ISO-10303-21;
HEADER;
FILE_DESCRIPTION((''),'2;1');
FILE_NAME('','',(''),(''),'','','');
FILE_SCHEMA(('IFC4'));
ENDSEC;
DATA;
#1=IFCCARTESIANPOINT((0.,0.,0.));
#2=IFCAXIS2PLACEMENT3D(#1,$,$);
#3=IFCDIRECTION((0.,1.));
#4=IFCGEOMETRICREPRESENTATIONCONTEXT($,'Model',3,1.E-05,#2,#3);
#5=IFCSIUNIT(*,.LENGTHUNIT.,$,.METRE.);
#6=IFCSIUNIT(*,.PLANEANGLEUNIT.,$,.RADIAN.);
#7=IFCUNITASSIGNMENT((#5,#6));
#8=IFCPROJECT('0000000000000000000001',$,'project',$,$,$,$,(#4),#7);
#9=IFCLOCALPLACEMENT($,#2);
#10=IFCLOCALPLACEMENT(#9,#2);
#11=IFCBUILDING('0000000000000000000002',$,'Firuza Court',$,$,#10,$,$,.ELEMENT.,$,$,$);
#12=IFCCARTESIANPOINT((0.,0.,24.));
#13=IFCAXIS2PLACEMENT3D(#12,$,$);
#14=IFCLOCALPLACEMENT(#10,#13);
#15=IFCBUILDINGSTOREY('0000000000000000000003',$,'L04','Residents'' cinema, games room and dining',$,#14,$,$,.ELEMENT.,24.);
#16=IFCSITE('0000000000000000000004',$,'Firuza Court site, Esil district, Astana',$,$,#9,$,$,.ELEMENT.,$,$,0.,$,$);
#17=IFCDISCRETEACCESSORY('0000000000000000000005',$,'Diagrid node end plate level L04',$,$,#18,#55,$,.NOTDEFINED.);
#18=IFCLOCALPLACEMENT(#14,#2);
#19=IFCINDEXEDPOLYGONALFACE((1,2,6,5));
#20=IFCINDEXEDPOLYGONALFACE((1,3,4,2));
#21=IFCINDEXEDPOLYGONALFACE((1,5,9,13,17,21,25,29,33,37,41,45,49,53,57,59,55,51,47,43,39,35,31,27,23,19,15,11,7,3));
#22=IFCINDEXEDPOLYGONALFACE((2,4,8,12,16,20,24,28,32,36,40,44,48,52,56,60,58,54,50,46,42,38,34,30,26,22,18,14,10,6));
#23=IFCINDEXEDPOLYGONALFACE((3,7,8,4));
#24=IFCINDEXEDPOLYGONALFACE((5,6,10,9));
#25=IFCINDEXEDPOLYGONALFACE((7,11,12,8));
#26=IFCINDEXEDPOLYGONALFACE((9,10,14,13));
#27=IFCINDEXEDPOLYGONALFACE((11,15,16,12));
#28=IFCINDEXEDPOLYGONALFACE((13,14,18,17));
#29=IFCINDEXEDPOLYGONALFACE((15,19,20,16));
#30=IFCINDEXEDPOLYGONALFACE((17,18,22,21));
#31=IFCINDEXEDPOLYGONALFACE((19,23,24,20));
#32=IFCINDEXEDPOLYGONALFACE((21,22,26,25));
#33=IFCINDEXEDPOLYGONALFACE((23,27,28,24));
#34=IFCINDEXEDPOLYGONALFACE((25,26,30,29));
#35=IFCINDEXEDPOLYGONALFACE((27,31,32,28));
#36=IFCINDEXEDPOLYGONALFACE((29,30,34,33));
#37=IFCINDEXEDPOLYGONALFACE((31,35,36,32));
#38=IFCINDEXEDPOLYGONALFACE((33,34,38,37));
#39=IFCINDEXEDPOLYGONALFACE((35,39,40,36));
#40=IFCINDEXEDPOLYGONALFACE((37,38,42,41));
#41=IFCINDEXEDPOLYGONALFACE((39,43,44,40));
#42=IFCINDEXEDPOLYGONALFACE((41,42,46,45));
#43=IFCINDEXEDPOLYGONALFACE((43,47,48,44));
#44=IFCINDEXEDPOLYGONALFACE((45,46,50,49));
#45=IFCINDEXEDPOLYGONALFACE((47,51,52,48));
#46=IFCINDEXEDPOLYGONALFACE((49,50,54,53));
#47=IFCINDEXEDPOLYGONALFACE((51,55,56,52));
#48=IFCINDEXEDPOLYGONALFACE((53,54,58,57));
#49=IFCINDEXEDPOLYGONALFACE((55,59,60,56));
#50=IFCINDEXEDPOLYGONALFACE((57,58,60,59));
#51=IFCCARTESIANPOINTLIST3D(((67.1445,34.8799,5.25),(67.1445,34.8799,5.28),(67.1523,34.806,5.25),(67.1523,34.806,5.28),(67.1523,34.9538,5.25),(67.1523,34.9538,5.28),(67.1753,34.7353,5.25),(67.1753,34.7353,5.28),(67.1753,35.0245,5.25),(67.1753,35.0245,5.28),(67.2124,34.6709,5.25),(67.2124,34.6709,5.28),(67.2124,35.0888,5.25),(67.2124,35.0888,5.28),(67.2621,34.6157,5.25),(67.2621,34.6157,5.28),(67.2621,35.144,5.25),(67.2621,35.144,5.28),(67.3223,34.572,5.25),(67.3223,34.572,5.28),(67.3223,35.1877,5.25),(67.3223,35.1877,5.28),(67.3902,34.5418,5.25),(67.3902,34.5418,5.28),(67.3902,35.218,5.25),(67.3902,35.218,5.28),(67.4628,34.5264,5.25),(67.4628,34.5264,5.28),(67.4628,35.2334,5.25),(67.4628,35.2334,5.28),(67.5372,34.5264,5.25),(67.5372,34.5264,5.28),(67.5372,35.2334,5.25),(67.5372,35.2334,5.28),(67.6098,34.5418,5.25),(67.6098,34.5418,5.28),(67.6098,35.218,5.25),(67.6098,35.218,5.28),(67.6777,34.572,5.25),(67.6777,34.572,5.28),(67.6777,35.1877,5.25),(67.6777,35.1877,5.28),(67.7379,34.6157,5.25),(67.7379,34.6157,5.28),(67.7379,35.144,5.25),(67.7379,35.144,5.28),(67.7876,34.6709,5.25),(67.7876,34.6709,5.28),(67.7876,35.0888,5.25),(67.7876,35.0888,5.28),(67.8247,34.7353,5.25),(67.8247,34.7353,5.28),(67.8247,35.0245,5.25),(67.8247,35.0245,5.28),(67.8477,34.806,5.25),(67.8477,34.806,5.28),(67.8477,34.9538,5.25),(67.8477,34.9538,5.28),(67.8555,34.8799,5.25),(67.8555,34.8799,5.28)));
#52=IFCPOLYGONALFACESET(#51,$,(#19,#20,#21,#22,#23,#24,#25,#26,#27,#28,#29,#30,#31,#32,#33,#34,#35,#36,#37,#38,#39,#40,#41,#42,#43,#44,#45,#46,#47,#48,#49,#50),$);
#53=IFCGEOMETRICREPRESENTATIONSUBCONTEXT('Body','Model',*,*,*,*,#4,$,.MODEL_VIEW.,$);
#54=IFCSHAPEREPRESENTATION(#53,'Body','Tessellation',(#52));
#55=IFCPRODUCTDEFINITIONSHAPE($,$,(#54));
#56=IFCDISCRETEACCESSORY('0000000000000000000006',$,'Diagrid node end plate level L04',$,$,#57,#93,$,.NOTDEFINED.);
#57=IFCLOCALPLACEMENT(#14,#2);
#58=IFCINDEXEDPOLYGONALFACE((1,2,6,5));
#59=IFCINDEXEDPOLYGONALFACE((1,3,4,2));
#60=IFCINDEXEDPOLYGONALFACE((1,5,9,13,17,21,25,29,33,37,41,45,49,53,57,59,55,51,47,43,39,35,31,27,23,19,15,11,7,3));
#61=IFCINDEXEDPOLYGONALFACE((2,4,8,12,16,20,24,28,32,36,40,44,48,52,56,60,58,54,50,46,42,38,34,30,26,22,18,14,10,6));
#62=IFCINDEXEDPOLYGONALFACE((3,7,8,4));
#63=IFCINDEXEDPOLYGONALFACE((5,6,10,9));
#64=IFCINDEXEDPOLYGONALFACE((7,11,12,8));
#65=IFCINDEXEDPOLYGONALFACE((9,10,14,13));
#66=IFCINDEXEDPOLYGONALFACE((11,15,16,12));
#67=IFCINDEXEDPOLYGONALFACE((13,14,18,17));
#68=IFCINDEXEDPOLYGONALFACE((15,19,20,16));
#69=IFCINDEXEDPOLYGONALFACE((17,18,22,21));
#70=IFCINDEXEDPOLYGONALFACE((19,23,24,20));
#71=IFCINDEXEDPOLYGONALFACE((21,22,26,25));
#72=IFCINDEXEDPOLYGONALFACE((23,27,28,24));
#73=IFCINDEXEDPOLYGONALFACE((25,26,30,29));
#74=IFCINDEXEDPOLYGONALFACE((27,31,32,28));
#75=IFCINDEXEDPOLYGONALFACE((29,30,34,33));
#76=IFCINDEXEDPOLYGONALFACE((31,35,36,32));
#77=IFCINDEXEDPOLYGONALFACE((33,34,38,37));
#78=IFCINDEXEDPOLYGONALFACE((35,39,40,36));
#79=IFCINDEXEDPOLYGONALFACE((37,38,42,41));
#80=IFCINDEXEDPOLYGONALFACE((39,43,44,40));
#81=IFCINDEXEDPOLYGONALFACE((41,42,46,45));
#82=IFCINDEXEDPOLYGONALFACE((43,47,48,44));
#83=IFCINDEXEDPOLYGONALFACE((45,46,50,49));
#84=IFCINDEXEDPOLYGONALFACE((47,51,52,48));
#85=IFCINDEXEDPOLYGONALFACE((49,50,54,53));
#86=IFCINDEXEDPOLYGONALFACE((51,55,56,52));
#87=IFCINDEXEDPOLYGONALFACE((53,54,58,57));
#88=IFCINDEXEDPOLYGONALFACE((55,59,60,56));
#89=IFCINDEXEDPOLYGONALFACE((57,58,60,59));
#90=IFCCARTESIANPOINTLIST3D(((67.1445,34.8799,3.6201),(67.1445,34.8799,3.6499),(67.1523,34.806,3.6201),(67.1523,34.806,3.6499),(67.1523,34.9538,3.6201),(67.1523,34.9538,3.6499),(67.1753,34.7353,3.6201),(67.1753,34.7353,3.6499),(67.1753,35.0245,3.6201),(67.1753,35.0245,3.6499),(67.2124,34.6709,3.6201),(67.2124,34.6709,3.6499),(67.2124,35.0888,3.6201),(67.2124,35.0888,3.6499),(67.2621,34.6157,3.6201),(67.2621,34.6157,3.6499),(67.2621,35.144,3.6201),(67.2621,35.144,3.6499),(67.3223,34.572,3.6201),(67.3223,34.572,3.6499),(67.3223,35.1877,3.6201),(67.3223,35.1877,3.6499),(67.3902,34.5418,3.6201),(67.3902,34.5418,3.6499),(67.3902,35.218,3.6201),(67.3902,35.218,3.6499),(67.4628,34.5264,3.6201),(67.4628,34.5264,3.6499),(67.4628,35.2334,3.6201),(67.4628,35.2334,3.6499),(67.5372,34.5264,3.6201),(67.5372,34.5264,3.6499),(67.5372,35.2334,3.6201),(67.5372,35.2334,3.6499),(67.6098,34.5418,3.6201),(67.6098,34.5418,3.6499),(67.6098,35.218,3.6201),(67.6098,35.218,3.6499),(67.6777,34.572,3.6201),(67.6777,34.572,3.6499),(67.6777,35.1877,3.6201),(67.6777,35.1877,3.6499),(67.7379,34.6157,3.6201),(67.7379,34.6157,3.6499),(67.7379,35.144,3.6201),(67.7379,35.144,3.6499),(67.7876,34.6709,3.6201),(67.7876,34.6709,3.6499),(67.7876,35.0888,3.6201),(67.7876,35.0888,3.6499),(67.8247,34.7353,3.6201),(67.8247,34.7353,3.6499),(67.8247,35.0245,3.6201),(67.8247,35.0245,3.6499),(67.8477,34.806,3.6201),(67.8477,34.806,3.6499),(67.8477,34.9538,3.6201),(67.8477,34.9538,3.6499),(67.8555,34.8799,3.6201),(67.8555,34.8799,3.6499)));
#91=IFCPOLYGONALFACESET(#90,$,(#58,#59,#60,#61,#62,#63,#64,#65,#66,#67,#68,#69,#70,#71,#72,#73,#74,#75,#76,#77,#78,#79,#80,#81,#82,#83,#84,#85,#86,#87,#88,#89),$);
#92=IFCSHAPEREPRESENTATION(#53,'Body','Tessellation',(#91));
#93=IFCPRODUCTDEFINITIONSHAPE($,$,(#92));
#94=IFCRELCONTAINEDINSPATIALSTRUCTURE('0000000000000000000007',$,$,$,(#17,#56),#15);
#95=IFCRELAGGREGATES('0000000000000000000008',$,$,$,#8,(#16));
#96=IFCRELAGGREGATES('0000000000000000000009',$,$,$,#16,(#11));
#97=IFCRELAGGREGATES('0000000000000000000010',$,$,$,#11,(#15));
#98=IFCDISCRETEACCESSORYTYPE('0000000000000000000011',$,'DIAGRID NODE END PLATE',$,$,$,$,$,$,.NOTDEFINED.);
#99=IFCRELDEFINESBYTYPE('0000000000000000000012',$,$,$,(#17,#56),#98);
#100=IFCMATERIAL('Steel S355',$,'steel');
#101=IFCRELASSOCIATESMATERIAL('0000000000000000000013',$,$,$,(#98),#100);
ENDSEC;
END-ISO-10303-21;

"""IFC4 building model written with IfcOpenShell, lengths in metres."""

from ifc_helpers import new_model, si_unit, direction, frame, origin, origin_2d, place, context, subcontext, project, spatial, circle, extrude, material, material_profile, profile_set, type_object, element, save


model = new_model("IFC4")

# Units and contexts
model_context = context("Model", 3, precision=1e-05, world=origin(), true_north=direction((0.0, 1.0)))
body_context = subcontext(model_context, "Body", "Model", "MODEL_VIEW")
ifc_project = project(units=[si_unit("LENGTHUNIT", "METRE"), si_unit("PLANEANGLEUNIT", "RADIAN")], contexts=[model_context])

# Site, building, storey
site_placement = place(None, origin())
site = spatial("IfcSite", under=ifc_project, at=site_placement, Name="Firuza Court site, Esil district, Astana", CompositionType="ELEMENT", RefElevation=0.0)
building_placement = place(site_placement, origin())
building = spatial("IfcBuilding", under=site, at=building_placement, Name="Firuza Court", CompositionType="ELEMENT")
storey_placement = place(building_placement, frame((0.0, 0.0, 24.0)))
storey = spatial("IfcBuildingStorey", under=building, at=storey_placement, Name="L04", Description="Residents' cinema, games room and dining", CompositionType="ELEMENT", Elevation=24.0)

# Discrete accessories
ifc_material_1 = material(Name="Steel S355", Category="steel")
ifc_material_profile_1 = material_profile(ifc_material_1, circle(Radius=0.3555, at=origin_2d()), Name="PL D711")
ifc_profile_set_1 = profile_set([ifc_material_profile_1], Name="Steel S355")
discrete_accessory_type = type_object("IfcDiscreteAccessoryType", Name="DIAGRID NODE END PLATE", PredefinedType="NOTDEFINED", material=ifc_profile_set_1)
discrete_accessory_1_placement = place(storey_placement, frame((67.5, 34.8799, 5.25), z_axis=(0.0, 0.0, 1.0), x_axis=(1.0, 0.0, 0.0)))
element("IfcDiscreteAccessory", 1, at=discrete_accessory_1_placement, inside=storey, type_object=discrete_accessory_type, Name="Diagrid node end plate level L04", PredefinedType="NOTDEFINED", context=body_context, shape_type="SweptSolid", body=[
    extrude(circle(Radius=0.3555, at=origin_2d()), origin(), (0.0, 0.0, 1.0), 0.03),
])
discrete_accessory_2_placement = place(storey_placement, frame((67.5, 34.8799, 3.6201), z_axis=(0.0, 0.0, 1.0), x_axis=(1.0, 0.0, 0.0)))
element("IfcDiscreteAccessory", 2, at=discrete_accessory_2_placement, inside=storey, type_object=discrete_accessory_type, Name="Diagrid node end plate level L04", PredefinedType="NOTDEFINED", context=body_context, shape_type="SweptSolid", body=[
    extrude(circle(Radius=0.3555, at=origin_2d()), origin(), (0.0, 0.0, 1.0), 0.0298),
])

save(model, "model.ifc")
